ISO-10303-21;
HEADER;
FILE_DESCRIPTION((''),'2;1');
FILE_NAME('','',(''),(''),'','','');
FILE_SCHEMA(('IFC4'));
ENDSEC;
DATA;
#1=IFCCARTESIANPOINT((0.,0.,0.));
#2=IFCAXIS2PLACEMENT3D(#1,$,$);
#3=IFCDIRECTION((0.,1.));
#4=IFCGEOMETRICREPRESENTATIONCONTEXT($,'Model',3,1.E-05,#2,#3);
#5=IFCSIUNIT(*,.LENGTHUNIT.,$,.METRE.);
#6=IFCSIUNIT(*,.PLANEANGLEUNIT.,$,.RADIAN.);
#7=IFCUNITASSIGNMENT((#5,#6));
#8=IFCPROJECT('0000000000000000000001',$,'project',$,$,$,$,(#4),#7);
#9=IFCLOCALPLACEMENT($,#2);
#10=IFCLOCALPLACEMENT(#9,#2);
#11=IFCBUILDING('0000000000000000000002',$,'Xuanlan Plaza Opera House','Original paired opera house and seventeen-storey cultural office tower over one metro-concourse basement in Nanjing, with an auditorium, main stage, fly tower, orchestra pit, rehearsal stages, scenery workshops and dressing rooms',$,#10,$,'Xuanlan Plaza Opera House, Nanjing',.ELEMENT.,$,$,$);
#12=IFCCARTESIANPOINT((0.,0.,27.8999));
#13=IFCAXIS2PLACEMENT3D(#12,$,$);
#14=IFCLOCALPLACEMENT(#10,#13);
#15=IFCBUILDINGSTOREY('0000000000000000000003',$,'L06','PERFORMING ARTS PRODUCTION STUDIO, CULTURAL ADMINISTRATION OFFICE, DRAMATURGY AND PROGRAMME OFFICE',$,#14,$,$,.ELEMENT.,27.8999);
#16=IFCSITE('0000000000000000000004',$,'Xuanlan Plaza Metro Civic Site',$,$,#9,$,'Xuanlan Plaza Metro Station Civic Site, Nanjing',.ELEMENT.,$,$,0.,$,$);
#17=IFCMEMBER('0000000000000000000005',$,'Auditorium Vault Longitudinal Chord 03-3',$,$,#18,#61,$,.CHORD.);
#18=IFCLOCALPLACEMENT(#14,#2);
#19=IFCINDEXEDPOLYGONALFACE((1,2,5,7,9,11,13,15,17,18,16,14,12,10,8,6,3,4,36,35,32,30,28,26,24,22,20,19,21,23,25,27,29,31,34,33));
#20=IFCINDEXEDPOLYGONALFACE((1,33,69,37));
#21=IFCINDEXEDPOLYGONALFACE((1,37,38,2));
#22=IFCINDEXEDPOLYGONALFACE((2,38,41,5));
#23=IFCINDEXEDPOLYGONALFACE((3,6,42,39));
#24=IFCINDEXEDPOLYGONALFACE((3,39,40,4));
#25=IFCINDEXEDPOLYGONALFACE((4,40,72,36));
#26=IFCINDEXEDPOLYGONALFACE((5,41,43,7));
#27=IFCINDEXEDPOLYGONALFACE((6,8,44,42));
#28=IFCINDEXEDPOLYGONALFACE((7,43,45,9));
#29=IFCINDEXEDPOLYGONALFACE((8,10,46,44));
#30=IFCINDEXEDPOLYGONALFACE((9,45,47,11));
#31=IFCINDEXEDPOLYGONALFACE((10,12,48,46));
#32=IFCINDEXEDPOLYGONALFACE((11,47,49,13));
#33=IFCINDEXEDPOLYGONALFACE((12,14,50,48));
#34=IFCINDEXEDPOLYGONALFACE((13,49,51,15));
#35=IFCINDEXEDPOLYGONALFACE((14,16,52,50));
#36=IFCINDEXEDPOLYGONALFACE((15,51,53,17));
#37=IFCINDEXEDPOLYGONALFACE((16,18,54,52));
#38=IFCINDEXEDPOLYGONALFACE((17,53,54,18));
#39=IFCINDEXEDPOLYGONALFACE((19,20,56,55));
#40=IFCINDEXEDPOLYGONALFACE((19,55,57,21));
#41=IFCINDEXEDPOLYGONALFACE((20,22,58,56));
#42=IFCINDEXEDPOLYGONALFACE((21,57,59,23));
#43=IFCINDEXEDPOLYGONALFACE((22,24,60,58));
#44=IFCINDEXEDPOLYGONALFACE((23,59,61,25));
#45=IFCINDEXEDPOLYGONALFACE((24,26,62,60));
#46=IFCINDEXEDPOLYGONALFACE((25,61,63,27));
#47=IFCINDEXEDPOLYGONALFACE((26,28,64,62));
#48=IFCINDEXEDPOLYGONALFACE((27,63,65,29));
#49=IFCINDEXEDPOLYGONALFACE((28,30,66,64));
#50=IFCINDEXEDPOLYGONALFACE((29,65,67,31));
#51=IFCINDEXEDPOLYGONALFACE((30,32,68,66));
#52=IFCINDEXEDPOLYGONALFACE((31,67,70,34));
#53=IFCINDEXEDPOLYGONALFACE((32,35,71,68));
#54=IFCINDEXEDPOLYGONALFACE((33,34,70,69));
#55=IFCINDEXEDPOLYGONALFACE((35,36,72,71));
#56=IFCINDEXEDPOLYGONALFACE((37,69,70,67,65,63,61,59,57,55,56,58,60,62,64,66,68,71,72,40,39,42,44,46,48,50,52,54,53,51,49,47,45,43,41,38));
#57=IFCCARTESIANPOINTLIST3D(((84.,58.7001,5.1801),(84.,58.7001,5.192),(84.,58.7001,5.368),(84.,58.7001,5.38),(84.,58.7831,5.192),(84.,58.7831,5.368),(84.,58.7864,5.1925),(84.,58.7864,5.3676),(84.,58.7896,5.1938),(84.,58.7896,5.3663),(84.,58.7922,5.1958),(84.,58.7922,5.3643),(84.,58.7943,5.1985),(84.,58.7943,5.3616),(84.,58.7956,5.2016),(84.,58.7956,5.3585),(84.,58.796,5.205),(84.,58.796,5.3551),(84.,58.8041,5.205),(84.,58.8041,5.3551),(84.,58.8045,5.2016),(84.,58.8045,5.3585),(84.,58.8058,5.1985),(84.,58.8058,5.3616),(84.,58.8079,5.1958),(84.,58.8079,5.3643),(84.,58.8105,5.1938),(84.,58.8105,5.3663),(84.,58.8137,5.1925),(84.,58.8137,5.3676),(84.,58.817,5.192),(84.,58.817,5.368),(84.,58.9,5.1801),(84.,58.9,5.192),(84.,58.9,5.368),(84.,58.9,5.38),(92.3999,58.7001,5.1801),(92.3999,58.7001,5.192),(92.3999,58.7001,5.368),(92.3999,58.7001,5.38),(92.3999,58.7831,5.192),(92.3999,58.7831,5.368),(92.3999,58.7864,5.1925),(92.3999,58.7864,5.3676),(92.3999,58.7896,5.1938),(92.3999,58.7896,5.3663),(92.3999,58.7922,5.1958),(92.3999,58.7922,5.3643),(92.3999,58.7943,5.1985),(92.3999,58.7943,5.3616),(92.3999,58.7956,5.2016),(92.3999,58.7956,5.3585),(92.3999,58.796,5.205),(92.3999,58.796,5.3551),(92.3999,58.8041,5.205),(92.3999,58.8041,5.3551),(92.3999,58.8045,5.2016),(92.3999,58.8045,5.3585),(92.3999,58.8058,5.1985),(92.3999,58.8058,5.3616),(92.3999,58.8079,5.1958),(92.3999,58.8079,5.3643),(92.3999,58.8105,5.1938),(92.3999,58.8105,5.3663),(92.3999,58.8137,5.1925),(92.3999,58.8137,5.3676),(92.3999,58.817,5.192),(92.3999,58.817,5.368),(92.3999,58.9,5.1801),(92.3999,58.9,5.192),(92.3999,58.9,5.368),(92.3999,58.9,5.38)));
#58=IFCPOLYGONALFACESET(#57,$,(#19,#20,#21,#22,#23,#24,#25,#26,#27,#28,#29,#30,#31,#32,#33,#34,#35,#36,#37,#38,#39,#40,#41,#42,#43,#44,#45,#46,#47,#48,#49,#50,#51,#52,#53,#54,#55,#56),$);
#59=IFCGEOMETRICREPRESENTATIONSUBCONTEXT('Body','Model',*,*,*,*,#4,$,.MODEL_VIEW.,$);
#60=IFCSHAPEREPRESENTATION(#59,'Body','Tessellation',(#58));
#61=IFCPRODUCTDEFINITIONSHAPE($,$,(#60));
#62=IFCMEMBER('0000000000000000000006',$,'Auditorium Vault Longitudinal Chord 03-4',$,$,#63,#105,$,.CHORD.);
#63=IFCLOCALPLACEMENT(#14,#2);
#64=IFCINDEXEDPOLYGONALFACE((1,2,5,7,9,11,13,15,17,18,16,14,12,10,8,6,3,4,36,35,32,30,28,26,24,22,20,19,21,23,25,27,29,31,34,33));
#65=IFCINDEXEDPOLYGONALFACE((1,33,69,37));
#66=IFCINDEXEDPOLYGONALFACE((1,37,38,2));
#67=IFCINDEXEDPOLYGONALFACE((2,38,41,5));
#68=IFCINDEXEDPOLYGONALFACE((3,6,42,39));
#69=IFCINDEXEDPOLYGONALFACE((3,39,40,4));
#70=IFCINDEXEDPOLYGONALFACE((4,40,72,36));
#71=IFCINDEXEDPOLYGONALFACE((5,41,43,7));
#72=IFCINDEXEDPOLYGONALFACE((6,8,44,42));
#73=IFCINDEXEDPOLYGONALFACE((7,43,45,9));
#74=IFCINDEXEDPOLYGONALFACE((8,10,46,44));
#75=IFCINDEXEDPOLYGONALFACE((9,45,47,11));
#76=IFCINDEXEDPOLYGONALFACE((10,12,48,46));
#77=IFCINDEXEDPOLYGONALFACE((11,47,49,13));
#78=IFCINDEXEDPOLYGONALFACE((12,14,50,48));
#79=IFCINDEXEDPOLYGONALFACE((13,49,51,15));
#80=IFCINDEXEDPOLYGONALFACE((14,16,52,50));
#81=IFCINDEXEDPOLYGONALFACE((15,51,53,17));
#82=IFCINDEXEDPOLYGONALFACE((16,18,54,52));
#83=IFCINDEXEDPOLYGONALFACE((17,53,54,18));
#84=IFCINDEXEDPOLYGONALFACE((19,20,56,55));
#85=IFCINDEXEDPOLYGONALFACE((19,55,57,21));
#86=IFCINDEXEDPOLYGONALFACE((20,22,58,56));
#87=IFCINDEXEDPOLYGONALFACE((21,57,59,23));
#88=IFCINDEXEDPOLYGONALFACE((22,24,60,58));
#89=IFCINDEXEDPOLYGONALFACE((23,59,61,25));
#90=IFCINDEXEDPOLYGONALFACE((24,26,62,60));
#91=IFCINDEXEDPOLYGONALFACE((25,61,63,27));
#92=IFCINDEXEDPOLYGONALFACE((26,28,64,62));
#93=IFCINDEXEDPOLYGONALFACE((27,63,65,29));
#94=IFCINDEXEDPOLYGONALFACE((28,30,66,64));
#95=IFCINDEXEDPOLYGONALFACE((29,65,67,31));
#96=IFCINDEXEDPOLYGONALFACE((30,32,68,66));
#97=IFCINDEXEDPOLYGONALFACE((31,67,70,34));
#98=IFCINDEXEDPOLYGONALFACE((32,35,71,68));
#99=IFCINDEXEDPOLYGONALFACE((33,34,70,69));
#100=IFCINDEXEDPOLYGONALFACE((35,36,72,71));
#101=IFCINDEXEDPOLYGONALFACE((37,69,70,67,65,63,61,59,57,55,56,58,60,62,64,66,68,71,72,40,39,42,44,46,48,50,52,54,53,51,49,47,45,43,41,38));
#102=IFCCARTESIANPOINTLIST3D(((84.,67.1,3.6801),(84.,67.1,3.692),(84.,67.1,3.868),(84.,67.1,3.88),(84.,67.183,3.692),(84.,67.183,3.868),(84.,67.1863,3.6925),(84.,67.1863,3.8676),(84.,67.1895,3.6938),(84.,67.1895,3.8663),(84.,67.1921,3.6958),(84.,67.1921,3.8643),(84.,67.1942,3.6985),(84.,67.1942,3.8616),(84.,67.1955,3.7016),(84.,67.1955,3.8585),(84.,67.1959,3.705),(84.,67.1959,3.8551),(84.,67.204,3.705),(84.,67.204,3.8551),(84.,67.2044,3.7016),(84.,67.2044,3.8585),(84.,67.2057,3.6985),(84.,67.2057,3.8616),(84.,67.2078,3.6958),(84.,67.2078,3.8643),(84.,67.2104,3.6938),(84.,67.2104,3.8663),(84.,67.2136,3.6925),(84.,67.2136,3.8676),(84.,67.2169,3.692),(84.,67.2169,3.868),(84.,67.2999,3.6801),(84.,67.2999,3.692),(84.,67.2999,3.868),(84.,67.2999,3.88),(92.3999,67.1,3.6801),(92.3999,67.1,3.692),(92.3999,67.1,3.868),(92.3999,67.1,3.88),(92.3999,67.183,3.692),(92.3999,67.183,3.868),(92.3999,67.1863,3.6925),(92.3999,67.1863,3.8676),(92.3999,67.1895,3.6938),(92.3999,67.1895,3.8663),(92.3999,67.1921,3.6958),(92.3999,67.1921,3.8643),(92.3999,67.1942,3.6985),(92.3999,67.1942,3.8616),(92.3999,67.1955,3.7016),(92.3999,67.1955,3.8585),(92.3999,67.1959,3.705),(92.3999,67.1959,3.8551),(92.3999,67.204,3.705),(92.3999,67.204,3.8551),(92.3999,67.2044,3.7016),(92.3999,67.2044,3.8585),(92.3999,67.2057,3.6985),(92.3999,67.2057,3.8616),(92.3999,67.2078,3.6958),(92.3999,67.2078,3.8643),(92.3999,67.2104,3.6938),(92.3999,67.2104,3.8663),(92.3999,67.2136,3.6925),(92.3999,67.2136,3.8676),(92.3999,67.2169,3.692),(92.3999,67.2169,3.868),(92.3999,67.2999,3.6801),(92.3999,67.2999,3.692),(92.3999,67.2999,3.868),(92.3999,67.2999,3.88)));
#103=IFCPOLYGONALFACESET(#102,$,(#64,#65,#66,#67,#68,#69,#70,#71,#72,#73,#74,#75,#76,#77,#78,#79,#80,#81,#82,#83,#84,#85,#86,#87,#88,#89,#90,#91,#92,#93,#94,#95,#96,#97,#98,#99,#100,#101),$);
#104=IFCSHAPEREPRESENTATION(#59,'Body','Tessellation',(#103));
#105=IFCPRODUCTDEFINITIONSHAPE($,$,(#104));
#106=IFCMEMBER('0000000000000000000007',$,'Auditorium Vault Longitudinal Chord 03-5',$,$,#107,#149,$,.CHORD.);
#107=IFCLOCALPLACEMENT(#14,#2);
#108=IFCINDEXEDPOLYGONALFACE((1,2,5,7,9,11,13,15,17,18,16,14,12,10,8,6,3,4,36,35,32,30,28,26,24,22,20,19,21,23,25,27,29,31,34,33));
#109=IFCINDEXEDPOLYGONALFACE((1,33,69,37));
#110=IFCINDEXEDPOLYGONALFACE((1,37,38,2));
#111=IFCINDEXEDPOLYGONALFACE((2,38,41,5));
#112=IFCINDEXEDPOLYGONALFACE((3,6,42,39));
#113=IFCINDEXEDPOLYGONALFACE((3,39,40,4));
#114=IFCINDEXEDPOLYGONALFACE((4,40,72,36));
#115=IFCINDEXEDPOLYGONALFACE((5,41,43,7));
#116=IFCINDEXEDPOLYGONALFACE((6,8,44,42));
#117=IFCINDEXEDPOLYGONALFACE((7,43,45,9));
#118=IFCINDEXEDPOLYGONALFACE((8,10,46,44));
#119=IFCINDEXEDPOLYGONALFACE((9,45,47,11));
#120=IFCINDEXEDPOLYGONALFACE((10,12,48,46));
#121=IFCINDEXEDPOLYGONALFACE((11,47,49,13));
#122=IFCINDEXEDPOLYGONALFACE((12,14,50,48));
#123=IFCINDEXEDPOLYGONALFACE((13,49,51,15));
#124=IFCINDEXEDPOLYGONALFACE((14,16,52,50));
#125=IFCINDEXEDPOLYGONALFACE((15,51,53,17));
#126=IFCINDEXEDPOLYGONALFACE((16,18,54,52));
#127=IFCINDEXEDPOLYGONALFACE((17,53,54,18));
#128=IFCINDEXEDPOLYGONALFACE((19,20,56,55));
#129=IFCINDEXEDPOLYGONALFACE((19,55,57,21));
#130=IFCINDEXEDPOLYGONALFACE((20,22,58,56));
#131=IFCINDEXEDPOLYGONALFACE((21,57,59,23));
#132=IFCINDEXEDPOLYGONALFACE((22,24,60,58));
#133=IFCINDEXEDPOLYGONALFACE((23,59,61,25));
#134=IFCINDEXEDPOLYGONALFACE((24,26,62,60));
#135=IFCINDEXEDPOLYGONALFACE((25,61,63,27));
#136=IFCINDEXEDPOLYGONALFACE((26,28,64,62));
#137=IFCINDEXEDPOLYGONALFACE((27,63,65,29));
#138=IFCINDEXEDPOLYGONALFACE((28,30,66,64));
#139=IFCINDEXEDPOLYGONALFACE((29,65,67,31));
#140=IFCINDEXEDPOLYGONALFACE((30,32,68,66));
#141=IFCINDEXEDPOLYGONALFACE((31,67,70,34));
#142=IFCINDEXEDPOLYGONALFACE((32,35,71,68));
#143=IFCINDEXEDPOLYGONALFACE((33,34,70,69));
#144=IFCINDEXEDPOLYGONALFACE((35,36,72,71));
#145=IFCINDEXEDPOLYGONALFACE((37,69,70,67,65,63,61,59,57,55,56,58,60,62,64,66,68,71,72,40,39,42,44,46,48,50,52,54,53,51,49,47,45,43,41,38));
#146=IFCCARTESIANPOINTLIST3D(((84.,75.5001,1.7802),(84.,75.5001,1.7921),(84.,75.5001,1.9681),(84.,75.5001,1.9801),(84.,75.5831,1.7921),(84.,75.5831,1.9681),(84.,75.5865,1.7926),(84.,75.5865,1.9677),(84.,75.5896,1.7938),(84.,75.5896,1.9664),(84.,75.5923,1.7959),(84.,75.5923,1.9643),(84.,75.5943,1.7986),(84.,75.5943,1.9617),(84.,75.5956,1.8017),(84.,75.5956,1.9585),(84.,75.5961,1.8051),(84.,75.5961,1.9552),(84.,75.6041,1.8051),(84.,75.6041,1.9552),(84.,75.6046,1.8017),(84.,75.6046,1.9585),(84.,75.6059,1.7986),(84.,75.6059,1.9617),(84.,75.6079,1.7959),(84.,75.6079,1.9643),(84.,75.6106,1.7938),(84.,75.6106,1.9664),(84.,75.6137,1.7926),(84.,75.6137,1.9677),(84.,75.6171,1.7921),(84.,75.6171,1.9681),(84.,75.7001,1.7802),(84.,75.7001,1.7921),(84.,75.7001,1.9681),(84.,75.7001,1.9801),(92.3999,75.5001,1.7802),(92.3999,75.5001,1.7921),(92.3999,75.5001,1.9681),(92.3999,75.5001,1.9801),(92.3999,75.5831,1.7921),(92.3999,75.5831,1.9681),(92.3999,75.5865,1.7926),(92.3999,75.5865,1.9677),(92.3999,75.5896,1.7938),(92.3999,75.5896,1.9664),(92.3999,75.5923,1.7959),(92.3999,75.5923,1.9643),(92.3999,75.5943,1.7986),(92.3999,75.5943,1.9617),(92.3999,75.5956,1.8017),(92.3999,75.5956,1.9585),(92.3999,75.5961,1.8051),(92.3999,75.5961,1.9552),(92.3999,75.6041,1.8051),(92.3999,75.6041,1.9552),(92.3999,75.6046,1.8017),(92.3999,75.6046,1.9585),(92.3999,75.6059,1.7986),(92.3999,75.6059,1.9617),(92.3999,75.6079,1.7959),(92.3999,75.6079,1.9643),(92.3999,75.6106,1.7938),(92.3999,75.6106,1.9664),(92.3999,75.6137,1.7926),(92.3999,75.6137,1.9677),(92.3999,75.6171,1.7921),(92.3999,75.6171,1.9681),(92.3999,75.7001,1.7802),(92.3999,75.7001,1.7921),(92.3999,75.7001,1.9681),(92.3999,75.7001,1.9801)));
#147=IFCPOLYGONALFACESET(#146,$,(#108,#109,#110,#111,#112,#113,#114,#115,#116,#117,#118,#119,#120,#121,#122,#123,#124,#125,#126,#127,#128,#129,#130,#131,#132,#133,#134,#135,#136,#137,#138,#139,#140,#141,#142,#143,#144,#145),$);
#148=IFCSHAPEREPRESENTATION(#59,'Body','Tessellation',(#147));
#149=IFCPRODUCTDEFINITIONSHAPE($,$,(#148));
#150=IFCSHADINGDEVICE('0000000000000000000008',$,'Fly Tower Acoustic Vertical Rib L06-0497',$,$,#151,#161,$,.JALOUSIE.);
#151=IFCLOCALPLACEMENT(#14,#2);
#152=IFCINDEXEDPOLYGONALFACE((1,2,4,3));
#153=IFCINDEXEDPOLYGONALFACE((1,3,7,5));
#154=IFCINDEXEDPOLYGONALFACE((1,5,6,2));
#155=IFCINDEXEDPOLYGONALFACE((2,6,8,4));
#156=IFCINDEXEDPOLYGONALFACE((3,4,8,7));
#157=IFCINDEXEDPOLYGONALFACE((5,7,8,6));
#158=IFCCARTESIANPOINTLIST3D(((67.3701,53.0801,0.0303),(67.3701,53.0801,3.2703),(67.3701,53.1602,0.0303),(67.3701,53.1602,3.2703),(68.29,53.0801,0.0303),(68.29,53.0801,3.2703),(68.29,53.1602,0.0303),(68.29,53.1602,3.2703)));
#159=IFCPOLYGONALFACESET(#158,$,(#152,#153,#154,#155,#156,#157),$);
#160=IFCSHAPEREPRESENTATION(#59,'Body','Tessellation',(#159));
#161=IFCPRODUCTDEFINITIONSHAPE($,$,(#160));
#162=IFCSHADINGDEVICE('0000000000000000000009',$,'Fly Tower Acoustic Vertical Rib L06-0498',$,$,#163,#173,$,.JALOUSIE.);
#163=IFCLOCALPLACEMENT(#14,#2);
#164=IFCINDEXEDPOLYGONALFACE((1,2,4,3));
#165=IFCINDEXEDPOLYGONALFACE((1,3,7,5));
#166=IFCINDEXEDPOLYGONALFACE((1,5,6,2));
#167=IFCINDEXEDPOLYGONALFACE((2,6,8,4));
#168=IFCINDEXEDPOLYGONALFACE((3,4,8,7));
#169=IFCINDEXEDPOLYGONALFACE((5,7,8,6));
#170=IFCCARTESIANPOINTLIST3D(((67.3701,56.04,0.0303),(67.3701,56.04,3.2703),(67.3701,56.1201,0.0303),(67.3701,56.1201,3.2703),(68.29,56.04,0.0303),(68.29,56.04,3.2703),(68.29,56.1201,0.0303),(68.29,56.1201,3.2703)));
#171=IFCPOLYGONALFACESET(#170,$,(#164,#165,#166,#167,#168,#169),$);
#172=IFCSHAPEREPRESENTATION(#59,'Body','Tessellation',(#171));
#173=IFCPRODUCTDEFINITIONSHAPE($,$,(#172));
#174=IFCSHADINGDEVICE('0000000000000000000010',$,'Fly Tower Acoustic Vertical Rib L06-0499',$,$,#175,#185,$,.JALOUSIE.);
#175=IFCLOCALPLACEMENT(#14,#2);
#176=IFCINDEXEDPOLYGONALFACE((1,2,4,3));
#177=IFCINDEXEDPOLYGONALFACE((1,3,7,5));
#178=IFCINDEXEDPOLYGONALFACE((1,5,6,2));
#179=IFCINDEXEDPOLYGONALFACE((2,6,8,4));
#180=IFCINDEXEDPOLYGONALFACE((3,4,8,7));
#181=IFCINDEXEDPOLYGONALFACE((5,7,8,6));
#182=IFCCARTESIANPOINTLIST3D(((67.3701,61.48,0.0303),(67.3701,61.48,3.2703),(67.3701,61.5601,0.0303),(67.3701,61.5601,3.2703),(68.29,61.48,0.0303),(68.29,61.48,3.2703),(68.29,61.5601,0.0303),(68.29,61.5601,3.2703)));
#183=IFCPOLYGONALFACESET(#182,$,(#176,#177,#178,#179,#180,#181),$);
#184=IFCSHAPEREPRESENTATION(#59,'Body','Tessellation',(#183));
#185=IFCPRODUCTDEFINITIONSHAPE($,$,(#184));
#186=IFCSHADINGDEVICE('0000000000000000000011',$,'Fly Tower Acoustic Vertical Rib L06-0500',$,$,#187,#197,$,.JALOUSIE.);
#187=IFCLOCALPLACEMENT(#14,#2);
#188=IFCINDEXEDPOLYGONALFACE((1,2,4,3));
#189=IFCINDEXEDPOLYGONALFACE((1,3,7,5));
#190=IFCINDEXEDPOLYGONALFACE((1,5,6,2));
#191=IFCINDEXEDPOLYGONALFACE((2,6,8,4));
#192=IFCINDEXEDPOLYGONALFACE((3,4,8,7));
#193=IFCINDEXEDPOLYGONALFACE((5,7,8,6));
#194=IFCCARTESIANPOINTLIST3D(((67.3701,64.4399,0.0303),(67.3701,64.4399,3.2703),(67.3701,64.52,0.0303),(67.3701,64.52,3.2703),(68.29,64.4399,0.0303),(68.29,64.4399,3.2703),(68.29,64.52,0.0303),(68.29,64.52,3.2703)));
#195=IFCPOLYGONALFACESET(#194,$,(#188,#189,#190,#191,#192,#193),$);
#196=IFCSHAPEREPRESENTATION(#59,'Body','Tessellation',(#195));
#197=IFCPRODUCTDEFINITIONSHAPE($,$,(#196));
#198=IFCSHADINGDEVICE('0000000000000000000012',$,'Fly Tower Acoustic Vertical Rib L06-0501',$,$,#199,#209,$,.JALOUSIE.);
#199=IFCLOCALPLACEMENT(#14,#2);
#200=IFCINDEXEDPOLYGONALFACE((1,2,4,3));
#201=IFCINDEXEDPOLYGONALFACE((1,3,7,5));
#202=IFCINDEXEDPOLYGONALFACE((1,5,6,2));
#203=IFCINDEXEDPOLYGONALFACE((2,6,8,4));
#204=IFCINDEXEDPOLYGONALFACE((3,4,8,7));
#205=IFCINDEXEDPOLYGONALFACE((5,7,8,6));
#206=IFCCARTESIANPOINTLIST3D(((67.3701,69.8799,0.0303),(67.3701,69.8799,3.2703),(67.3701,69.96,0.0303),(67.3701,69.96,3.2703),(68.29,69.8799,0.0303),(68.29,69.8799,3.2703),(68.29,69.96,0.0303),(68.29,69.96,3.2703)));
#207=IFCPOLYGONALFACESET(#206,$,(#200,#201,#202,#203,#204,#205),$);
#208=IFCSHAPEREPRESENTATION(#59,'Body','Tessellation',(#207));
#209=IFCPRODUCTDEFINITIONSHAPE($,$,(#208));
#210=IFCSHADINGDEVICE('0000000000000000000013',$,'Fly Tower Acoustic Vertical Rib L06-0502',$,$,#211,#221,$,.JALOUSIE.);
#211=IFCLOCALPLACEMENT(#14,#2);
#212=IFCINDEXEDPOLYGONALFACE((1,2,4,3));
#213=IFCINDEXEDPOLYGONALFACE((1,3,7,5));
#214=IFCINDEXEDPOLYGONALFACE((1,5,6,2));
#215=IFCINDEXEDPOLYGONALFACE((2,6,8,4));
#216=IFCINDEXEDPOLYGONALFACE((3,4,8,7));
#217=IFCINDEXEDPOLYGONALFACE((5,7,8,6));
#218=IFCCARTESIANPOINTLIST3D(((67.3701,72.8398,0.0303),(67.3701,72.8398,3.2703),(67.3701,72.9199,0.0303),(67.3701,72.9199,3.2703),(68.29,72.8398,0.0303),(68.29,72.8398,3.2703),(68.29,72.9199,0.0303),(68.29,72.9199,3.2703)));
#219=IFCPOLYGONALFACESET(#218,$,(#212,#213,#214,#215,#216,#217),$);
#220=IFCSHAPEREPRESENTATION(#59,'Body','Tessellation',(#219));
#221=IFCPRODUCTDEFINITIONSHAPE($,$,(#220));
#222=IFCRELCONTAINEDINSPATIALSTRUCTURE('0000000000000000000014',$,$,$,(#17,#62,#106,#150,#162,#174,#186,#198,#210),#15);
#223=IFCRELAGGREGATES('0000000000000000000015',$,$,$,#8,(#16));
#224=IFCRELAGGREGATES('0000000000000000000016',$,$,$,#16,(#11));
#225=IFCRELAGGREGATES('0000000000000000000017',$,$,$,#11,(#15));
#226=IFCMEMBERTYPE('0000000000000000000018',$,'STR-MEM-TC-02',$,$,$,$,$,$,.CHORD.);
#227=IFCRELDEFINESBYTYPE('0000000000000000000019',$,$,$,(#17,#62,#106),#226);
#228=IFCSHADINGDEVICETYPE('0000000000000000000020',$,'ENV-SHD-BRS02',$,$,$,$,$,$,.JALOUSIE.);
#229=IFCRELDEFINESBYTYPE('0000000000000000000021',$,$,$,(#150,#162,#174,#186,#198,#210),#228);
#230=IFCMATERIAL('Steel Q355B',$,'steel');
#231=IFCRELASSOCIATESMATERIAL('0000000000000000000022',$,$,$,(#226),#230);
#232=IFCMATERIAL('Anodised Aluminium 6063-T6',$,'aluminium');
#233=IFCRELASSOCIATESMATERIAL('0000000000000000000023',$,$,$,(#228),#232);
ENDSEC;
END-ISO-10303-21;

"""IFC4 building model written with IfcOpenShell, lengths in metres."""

from ifc_helpers import new_model, si_unit, direction, frame, origin, origin_2d, place, context, subcontext, project, spatial, rectangle, i_section, extrude, material, material_profile, profile_set, type_object, element, save


model = new_model("IFC4")

# Units and contexts
model_context = context("Model", 3, precision=1e-05, world=origin(), true_north=direction((0.0, 1.0)))
body_context = subcontext(model_context, "Body", "Model", "MODEL_VIEW")
ifc_project = project(units=[si_unit("LENGTHUNIT", "METRE"), si_unit("PLANEANGLEUNIT", "RADIAN")], contexts=[model_context])

# Site, building, storey
site_placement = place(None, origin())
site = spatial("IfcSite", under=ifc_project, at=site_placement, Name="Xuanlan Plaza Metro Civic Site", LongName="Xuanlan Plaza Metro Station Civic Site, Nanjing", CompositionType="ELEMENT", RefElevation=0.0)
building_placement = place(site_placement, origin())
building = spatial("IfcBuilding", under=site, at=building_placement, Name="Xuanlan Plaza Opera House", Description="Original paired opera house and seventeen-storey cultural office tower over one metro-concourse basement in Nanjing, with an auditorium, main stage, fly tower, orchestra pit, rehearsal stages, scenery workshops and dressing rooms", LongName="Xuanlan Plaza Opera House, Nanjing", CompositionType="ELEMENT")
storey_placement = place(building_placement, frame((0.0, 0.0, 27.8999)))
storey = spatial("IfcBuildingStorey", under=building, at=storey_placement, Name="L06", Description="PERFORMING ARTS PRODUCTION STUDIO, CULTURAL ADMINISTRATION OFFICE, DRAMATURGY AND PROGRAMME OFFICE", CompositionType="ELEMENT", Elevation=27.8999)

# Members
ifc_material_1 = material(Name="Steel Q355B", Category="steel")
ifc_material_profile_1 = material_profile(ifc_material_1, i_section(OverallWidth=0.2, OverallDepth=0.2, WebThickness=0.0081, FlangeThickness=0.012, FilletRadius=0.0129, at=origin_2d()), Name="HW 200x200x8x12")
ifc_profile_set_1 = profile_set([ifc_material_profile_1], Name="Steel Q355B")
member_type_1 = type_object("IfcMemberType", Name="STR-MEM-TC-02", PredefinedType="CHORD", material=ifc_profile_set_1)
for number, where, z_axis, x_axis, name in (
    (1, (84.0, 58.8, 5.28), (1.0, 0.0, 0.0), (0.0, 1.0, 0.0), "Auditorium Vault Longitudinal Chord 03-3"),
    (2, (84.0, 67.2, 3.78), (1.0, 0.0, 0.0), (0.0, 1.0, 0.0), "Auditorium Vault Longitudinal Chord 03-4"),
    (3, (84.0, 75.6001, 1.8801), (1.0, 0.0, 0.0), (0.0, 1.0, 0.0), "Auditorium Vault Longitudinal Chord 03-5"),
):
    element("IfcMember", number, at=place(storey_placement, frame(where, z_axis=z_axis, x_axis=x_axis)), inside=storey, type_object=member_type_1, Name=name, PredefinedType="CHORD", context=body_context, shape_type="SweptSolid", body=[
        extrude(i_section(OverallWidth=0.2, OverallDepth=0.2, WebThickness=0.0081, FlangeThickness=0.012, FilletRadius=0.0129, at=origin_2d()), origin(), (0.0, 0.0, 1.0), 8.3999),
    ])

# Shading devices
ifc_material_2 = material(Name="Anodised Aluminium 6063-T6", Category="aluminium")
shading_device_type = type_object("IfcShadingDeviceType", Name="ENV-SHD-BRS02", PredefinedType="JALOUSIE", material=ifc_material_2)
for number, where, z_axis, x_axis, name in (
    (4, (67.8301, 53.1201, 0.0303), (0.0, 0.0, 1.0), (1.0, 0.0, 0.0), "Fly Tower Acoustic Vertical Rib L06-0497"),
    (5, (67.8301, 56.0801, 0.0303), (0.0, 0.0, 1.0), (1.0, 0.0, 0.0), "Fly Tower Acoustic Vertical Rib L06-0498"),
    (6, (67.8301, 61.52, 0.0303), (0.0, 0.0, 1.0), (1.0, 0.0, 0.0), "Fly Tower Acoustic Vertical Rib L06-0499"),
    (7, (67.8301, 64.48, 0.0303), (0.0, 0.0, 1.0), (1.0, 0.0, 0.0), "Fly Tower Acoustic Vertical Rib L06-0500"),
    (8, (67.8301, 69.9199, 0.0303), (0.0, 0.0, 1.0), (1.0, 0.0, 0.0), "Fly Tower Acoustic Vertical Rib L06-0501"),
    (9, (67.8301, 72.8799, 0.0303), (0.0, 0.0, 1.0), (1.0, 0.0, 0.0), "Fly Tower Acoustic Vertical Rib L06-0502"),
):
    element("IfcShadingDevice", number, at=place(storey_placement, frame(where, z_axis=z_axis, x_axis=x_axis)), inside=storey, type_object=shading_device_type, Name=name, PredefinedType="JALOUSIE", context=body_context, shape_type="SweptSolid", body=[
        extrude(rectangle(XDim=0.9199, YDim=0.0801, at=origin_2d()), origin(), (0.0, 0.0, 1.0), 3.24),
    ])

save(model, "model.ifc")
